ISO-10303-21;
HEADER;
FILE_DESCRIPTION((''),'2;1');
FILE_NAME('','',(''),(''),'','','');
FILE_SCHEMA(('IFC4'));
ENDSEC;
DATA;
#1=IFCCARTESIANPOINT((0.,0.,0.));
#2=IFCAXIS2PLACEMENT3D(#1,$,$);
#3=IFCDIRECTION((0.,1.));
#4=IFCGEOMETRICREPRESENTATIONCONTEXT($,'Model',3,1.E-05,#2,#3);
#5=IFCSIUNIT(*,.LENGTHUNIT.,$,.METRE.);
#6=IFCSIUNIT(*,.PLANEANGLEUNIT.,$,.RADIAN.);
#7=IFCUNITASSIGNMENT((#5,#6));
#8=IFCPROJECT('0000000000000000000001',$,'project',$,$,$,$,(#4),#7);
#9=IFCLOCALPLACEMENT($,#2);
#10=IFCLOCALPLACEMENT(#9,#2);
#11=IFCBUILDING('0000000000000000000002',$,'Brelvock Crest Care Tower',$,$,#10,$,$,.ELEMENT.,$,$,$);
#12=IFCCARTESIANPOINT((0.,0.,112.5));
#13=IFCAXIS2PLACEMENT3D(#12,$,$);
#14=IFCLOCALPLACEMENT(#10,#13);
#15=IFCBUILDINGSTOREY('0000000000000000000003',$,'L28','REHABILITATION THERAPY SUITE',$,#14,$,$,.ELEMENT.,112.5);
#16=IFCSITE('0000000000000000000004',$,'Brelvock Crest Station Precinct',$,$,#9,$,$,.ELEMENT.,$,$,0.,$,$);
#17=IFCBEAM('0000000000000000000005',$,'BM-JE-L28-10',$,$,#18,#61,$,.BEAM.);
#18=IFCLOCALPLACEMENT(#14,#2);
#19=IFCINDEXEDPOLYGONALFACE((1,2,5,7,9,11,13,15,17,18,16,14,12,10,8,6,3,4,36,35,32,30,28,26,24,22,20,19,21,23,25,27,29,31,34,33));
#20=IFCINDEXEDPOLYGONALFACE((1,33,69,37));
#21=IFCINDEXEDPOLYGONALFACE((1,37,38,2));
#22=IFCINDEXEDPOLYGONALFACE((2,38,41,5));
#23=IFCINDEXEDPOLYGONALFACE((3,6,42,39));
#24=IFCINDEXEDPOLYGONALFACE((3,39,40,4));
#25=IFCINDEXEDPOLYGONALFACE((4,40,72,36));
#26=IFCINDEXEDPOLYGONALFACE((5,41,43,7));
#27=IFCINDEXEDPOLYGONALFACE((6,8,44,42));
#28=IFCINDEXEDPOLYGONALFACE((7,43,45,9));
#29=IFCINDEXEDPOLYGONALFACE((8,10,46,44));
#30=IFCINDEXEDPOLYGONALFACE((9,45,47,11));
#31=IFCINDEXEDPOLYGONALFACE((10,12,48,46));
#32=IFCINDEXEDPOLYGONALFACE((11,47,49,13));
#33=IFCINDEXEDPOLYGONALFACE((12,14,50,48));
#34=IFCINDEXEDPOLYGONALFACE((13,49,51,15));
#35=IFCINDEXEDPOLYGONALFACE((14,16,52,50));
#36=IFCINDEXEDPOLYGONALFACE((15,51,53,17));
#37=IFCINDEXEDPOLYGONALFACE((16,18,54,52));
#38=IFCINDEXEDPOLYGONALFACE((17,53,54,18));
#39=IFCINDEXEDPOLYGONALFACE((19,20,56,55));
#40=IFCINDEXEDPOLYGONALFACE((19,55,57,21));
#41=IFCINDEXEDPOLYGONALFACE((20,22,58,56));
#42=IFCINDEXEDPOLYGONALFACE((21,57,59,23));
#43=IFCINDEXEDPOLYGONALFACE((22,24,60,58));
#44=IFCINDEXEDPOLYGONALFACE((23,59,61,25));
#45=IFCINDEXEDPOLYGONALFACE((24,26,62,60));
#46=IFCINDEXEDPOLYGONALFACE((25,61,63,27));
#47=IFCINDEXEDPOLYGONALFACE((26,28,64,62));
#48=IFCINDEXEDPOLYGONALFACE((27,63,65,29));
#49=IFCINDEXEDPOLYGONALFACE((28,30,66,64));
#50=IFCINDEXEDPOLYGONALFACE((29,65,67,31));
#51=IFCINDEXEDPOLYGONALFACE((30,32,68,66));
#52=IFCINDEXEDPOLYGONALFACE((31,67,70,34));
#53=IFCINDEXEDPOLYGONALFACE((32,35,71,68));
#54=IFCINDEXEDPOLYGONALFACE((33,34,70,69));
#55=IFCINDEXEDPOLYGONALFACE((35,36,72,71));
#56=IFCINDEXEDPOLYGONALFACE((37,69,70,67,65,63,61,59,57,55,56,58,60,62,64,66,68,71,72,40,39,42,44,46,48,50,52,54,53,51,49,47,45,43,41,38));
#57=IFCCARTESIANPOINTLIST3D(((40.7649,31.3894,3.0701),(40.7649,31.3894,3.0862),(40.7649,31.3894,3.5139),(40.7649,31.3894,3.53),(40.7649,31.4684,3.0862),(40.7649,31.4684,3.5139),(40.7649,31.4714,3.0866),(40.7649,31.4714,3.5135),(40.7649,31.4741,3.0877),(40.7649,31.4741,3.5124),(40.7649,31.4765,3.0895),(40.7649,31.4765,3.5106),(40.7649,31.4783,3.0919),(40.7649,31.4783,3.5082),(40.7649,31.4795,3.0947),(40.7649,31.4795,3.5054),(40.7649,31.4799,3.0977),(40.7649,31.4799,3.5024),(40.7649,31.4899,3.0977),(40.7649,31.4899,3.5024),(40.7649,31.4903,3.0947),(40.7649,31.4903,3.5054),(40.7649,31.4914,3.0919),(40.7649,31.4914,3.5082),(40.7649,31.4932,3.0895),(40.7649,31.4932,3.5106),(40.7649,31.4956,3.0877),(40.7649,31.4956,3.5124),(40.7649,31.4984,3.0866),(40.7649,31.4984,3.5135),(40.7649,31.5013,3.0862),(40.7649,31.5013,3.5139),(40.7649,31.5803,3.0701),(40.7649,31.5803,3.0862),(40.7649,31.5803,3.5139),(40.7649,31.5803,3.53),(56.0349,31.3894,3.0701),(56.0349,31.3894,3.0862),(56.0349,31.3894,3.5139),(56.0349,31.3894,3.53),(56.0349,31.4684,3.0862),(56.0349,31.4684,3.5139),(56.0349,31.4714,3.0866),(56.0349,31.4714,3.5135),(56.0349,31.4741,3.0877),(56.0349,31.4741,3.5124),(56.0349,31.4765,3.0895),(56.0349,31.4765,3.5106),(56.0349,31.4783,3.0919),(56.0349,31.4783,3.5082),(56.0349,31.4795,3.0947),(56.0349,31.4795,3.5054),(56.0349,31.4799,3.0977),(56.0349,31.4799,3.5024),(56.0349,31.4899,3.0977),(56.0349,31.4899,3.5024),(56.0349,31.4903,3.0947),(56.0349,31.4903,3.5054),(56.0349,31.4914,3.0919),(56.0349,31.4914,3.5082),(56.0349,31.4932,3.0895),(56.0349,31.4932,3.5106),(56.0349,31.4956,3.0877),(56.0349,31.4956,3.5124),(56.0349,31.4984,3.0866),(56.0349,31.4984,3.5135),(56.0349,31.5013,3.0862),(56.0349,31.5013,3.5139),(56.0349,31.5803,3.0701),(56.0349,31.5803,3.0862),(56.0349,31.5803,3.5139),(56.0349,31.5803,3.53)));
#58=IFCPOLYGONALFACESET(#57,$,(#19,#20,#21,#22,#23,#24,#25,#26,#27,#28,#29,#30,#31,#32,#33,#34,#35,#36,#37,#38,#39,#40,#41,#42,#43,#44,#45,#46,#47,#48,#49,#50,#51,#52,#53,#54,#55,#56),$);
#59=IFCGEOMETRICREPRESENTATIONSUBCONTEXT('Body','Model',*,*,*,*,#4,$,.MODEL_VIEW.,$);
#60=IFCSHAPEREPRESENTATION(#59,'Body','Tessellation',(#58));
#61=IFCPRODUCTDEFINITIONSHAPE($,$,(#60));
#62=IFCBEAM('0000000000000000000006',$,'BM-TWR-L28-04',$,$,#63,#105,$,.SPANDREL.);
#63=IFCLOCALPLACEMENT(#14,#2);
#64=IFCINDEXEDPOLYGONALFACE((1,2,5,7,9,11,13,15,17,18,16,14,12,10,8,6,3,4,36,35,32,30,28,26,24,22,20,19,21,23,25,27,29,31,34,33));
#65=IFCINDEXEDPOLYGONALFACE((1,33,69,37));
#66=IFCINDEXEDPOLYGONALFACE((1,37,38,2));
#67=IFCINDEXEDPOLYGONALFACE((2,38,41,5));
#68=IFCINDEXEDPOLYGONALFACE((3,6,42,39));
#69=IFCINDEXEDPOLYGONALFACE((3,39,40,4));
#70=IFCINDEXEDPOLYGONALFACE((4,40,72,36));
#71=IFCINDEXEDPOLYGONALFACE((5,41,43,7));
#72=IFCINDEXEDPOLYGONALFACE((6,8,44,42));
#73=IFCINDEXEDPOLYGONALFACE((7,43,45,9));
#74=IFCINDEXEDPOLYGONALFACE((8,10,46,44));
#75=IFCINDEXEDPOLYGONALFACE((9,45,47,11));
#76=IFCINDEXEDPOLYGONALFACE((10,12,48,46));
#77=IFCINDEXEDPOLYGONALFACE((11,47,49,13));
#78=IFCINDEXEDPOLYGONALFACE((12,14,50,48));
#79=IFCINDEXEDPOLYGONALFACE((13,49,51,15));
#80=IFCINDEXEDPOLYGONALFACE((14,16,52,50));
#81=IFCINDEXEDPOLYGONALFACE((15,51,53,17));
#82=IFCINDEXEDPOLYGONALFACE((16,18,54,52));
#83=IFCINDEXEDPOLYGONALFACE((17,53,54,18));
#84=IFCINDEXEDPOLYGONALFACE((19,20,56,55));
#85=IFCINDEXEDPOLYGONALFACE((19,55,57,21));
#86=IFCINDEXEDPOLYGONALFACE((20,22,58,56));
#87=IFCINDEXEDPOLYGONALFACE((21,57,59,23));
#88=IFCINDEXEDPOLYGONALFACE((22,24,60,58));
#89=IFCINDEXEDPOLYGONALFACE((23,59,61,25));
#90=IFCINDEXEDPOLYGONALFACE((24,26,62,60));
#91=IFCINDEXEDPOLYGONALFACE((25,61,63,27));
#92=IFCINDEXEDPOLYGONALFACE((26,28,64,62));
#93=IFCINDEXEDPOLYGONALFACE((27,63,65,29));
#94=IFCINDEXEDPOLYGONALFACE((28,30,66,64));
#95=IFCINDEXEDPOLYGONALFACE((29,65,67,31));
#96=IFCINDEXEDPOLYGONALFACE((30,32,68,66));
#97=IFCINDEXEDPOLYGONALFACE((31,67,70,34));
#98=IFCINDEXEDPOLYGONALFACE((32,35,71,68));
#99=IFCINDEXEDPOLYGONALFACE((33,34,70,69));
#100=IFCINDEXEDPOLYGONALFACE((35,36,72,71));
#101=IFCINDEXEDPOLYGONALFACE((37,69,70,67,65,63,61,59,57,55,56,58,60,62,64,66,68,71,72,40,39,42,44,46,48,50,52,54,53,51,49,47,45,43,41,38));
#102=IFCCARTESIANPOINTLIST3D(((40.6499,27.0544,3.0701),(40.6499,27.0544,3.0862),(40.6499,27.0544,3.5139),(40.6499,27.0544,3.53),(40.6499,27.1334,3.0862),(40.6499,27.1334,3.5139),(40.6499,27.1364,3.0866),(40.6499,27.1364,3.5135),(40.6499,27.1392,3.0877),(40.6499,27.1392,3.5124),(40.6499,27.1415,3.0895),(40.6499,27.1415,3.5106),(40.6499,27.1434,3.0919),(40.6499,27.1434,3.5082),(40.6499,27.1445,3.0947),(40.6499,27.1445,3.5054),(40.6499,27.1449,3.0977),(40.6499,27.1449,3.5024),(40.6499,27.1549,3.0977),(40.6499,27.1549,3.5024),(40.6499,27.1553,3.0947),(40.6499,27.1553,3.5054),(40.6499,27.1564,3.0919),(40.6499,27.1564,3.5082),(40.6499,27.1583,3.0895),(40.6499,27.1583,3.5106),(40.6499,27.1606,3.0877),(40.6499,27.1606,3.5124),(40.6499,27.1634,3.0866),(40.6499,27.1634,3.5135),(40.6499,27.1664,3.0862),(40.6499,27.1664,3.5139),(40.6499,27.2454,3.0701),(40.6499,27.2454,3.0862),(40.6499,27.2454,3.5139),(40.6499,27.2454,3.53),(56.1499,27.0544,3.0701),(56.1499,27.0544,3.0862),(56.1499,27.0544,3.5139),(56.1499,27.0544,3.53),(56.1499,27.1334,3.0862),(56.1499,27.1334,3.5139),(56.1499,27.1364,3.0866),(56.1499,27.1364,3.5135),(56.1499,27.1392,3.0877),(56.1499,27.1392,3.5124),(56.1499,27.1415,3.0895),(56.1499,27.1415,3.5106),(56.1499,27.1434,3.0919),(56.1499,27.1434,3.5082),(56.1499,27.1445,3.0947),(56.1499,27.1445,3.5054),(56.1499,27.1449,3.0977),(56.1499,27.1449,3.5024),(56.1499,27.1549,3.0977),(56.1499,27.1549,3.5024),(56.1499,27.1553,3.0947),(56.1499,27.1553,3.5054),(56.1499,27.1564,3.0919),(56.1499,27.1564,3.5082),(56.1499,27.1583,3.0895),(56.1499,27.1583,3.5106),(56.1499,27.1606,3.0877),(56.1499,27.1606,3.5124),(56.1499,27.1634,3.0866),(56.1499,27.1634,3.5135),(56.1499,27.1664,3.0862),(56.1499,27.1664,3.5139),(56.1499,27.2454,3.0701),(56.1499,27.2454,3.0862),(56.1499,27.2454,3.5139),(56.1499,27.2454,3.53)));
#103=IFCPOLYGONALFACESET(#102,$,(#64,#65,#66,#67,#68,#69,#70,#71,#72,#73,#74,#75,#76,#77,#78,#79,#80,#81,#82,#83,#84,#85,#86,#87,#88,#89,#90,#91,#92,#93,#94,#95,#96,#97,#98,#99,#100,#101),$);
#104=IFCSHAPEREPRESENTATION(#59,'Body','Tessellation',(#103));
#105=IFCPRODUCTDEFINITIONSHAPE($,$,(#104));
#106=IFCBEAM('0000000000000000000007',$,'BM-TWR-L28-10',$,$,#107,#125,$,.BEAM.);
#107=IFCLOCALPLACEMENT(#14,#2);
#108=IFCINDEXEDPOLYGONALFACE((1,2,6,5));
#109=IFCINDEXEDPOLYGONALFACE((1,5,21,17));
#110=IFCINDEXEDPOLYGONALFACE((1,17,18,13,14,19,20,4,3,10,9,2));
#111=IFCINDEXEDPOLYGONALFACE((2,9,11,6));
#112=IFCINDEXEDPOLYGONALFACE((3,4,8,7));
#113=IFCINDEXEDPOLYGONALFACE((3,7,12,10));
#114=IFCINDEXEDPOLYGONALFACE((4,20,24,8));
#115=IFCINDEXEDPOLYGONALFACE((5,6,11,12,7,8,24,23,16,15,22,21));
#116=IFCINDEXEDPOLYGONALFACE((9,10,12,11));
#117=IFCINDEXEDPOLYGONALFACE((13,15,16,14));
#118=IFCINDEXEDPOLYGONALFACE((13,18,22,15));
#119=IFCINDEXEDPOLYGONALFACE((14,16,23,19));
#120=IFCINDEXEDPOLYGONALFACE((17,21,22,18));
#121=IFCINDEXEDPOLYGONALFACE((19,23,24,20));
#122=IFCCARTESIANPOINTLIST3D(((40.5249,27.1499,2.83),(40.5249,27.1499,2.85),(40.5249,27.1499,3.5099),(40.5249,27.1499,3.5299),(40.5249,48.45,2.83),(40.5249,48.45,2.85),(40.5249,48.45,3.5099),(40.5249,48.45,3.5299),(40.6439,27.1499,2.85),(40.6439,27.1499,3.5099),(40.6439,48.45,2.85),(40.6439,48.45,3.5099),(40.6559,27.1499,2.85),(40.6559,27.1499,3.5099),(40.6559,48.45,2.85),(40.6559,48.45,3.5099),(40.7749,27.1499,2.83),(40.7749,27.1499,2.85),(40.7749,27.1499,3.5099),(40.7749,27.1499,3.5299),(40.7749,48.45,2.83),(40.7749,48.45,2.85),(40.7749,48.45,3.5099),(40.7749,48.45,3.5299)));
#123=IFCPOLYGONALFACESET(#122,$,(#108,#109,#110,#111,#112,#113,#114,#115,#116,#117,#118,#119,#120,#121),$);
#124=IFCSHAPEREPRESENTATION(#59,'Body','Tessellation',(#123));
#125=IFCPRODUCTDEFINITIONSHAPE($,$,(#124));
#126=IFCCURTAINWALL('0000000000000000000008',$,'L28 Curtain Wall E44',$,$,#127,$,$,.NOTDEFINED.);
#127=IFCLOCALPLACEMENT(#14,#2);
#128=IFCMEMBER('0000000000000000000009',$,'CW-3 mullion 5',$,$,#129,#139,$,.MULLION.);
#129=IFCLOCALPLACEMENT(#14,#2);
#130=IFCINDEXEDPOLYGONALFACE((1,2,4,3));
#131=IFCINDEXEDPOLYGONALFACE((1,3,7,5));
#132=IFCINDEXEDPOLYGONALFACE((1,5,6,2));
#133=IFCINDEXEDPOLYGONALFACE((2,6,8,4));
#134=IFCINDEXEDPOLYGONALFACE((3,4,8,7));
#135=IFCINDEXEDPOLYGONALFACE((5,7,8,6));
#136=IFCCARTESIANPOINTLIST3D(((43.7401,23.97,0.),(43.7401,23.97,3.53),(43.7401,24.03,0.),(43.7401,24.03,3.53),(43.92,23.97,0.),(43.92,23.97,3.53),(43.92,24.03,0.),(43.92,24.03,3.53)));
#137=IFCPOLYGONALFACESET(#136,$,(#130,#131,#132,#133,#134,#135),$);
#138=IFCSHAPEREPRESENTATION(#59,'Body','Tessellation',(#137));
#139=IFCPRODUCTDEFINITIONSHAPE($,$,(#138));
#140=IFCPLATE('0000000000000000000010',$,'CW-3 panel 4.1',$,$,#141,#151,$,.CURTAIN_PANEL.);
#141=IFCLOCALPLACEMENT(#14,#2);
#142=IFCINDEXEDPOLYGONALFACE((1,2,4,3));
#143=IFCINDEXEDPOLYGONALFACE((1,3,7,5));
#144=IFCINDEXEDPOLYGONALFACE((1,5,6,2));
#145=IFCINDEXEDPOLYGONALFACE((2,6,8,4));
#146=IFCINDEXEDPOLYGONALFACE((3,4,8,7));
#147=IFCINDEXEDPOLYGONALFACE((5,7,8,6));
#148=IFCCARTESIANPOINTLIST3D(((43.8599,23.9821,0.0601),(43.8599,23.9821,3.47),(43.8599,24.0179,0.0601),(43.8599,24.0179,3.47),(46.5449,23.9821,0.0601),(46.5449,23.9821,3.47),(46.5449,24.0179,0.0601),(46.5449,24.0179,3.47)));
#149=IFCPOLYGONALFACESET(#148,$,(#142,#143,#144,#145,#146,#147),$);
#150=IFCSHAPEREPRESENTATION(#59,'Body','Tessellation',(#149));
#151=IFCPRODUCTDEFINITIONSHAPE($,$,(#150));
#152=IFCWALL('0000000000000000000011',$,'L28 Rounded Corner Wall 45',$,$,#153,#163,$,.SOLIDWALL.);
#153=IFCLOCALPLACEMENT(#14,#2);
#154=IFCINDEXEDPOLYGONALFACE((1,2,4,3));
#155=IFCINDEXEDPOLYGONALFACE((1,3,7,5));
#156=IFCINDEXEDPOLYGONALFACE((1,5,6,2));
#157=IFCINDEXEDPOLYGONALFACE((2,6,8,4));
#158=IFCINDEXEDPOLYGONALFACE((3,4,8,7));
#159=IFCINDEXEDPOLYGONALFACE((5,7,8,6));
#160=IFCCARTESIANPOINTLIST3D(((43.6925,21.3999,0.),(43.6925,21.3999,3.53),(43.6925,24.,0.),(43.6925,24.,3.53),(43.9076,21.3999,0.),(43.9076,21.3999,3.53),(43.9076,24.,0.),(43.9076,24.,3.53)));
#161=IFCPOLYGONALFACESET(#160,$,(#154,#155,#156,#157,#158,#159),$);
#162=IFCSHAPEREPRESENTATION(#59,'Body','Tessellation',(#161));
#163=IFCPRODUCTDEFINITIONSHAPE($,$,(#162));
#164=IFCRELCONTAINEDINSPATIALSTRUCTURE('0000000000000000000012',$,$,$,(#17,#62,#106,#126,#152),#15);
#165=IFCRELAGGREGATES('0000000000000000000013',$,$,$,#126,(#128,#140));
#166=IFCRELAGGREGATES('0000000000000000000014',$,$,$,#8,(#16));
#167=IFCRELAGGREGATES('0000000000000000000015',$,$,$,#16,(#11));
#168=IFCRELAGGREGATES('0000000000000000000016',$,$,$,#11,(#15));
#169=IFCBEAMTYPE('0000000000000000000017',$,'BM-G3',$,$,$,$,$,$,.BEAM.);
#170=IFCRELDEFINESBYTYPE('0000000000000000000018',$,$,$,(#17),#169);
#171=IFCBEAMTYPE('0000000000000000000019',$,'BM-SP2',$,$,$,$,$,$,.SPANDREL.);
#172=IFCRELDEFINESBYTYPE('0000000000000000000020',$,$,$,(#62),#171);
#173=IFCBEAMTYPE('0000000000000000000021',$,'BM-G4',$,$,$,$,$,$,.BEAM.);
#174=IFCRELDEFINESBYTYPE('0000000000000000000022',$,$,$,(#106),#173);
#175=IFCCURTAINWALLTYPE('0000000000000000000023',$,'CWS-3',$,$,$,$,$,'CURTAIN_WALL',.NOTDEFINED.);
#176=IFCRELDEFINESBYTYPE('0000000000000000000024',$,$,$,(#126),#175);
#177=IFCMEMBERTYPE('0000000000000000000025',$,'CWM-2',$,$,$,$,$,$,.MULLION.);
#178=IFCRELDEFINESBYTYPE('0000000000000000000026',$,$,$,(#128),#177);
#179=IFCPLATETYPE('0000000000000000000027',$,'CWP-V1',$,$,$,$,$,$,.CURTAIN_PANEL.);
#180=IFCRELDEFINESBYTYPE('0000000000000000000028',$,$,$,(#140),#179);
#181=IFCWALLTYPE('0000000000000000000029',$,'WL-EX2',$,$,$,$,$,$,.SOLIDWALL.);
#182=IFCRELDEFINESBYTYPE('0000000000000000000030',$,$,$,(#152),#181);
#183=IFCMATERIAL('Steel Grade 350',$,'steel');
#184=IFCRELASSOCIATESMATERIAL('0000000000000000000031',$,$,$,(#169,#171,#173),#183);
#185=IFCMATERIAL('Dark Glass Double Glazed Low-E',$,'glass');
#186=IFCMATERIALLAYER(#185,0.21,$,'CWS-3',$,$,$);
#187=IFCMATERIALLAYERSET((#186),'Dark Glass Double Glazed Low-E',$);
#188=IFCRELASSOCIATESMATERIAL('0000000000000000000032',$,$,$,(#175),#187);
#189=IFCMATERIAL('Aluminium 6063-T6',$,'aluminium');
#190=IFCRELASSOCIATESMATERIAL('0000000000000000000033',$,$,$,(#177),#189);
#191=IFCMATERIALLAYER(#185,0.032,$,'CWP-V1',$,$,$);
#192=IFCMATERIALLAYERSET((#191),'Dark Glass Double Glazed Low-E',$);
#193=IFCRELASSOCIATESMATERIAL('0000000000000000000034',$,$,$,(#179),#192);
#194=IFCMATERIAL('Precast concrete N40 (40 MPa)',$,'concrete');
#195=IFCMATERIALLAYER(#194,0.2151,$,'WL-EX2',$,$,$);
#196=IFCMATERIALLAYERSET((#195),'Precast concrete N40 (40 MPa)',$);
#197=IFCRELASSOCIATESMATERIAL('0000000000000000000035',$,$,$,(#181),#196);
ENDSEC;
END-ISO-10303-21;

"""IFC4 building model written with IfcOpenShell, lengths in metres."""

from ifc_helpers import new_model, si_unit, direction, frame, frame_2d, origin, origin_2d, place, context, subcontext, project, spatial, rectangle, i_section, extrude, source, transform, mapped, material, layer, layer_set, material_profile, profile_set, type_object, element, aggregate, save


model = new_model("IFC4")

# Units and contexts
model_context = context("Model", 3, precision=1e-05, world=origin(), true_north=direction((0.0, 1.0)))
body_context = subcontext(model_context, "Body", "Model", "MODEL_VIEW")
ifc_project = project(units=[si_unit("LENGTHUNIT", "METRE"), si_unit("PLANEANGLEUNIT", "RADIAN")], contexts=[model_context])

# Site, building, storey
site_placement = place(None, origin())
site = spatial("IfcSite", under=ifc_project, at=site_placement, Name="Brelvock Crest Station Precinct", CompositionType="ELEMENT", RefElevation=0.0)
building_placement = place(site_placement, origin())
building = spatial("IfcBuilding", under=site, at=building_placement, Name="Brelvock Crest Care Tower", CompositionType="ELEMENT")
storey_placement = place(building_placement, frame((0.0, 0.0, 112.5)))
storey = spatial("IfcBuildingStorey", under=building, at=storey_placement, Name="L28", Description="REHABILITATION THERAPY SUITE", CompositionType="ELEMENT", Elevation=112.5)

# Shared definitions
ifc_material_1 = material(Name="Steel Grade 350", Category="steel")

# Beams
ifc_material_profile_1 = material_profile(ifc_material_1, i_section(OverallWidth=0.1909, OverallDepth=0.46, WebThickness=0.01, FlangeThickness=0.0161, FilletRadius=0.0115, at=origin_2d()), Name="460UB82.1")
ifc_profile_set_1 = profile_set([ifc_material_profile_1], Name="Steel Grade 350")
beam_type_1 = type_object("IfcBeamType", Name="BM-G3", PredefinedType="BEAM", material=ifc_profile_set_1)
shared_shape_1 = source(origin(), body_context, "Body", "SweptSolid", [
    extrude(i_section(OverallWidth=0.1909, OverallDepth=0.46, WebThickness=0.01, FlangeThickness=0.0161, FilletRadius=0.0115, at=origin_2d()), origin(), (0.0, 0.0, 1.0), 15.27),
])
for number, where, z_axis, x_axis, name in (
    (1, (40.7649, 31.4849, 3.3), (1.0, 0.0, 0.0), (0.0, 1.0, 0.0), "BM-JE-L28-10"),
):
    element("IfcBeam", number, at=place(storey_placement, frame(where, z_axis=z_axis, x_axis=x_axis)), inside=storey, type_object=beam_type_1, Name=name, PredefinedType="BEAM", context=body_context, shape_type="MappedRepresentation", body=[
        mapped(shared_shape_1, transform((0.0, 0.0, 0.0), x_axis=(1.0, 0.0, 0.0), y_axis=(0.0, 1.0, 0.0), z_axis=(0.0, 0.0, 1.0), scale=1.0)),
    ])
ifc_material_profile_2 = material_profile(ifc_material_1, i_section(OverallWidth=0.1909, OverallDepth=0.46, WebThickness=0.01, FlangeThickness=0.0161, FilletRadius=0.0115, at=origin_2d()), Name="460UB82.1")
ifc_profile_set_2 = profile_set([ifc_material_profile_2], Name="Steel Grade 350")
beam_type_2 = type_object("IfcBeamType", Name="BM-SP2", PredefinedType="SPANDREL", material=ifc_profile_set_2)
shared_shape_2 = source(origin(), body_context, "Body", "SweptSolid", [
    extrude(i_section(OverallWidth=0.1909, OverallDepth=0.46, WebThickness=0.01, FlangeThickness=0.0161, FilletRadius=0.0115, at=origin_2d()), origin(), (0.0, 0.0, 1.0), 15.5),
])
beam_1_placement = place(storey_placement, frame((40.6499, 27.1499, 3.3), z_axis=(1.0, 0.0, 0.0), x_axis=(0.0, 1.0, 0.0)))
element("IfcBeam", 2, at=beam_1_placement, inside=storey, type_object=beam_type_2, Name="BM-TWR-L28-04", PredefinedType="SPANDREL", context=body_context, shape_type="MappedRepresentation", body=[
    mapped(shared_shape_2, transform((0.0, 0.0, 0.0), x_axis=(1.0, 0.0, 0.0), y_axis=(0.0, 1.0, 0.0), z_axis=(0.0, 0.0, 1.0), scale=1.0)),
])
ifc_material_profile_3 = material_profile(ifc_material_1, i_section(OverallWidth=0.25, OverallDepth=0.7, WebThickness=0.012, FlangeThickness=0.02, at=origin_2d()), Name="700WB150")
ifc_profile_set_3 = profile_set([ifc_material_profile_3], Name="Steel Grade 350")
beam_type_3 = type_object("IfcBeamType", Name="BM-G4", PredefinedType="BEAM", material=ifc_profile_set_3)
shared_shape_3 = source(origin(), body_context, "Body", "SweptSolid", [
    extrude(i_section(OverallWidth=0.25, OverallDepth=0.7, WebThickness=0.012, FlangeThickness=0.02, at=origin_2d()), origin(), (0.0, 0.0, 1.0), 21.3),
])
beam_2_placement = place(storey_placement, frame((40.6499, 27.1499, 3.1799), z_axis=(0.0, 1.0, 0.0), x_axis=(-1.0, 0.0, 0.0)))
element("IfcBeam", 3, at=beam_2_placement, inside=storey, type_object=beam_type_3, Name="BM-TWR-L28-10", PredefinedType="BEAM", context=body_context, shape_type="MappedRepresentation", body=[
    mapped(shared_shape_3, transform((0.0, 0.0, 0.0), x_axis=(1.0, 0.0, 0.0), y_axis=(0.0, 1.0, 0.0), z_axis=(0.0, 0.0, 1.0), scale=1.0)),
])

# Curtain wall, member, plate
ifc_material_2 = material(Name="Dark Glass Double Glazed Low-E", Category="glass")
ifc_layer_1 = layer(ifc_material_2, 0.21, Name="CWS-3")
ifc_layer_set_1 = layer_set([ifc_layer_1], Name="Dark Glass Double Glazed Low-E")
curtain_wall_type = type_object("IfcCurtainWallType", Name="CWS-3", ElementType="CURTAIN_WALL", PredefinedType="NOTDEFINED", material=ifc_layer_set_1)
curtain_wall_placement = place(storey_placement, origin())
curtain_wall = element("IfcCurtainWall", 4, at=curtain_wall_placement, inside=storey, type_object=curtain_wall_type, Name="L28 Curtain Wall E44", PredefinedType="NOTDEFINED")
ifc_material_3 = material(Name="Aluminium 6063-T6", Category="aluminium")
ifc_material_profile_4 = material_profile(ifc_material_3, rectangle(XDim=0.0601, YDim=0.1799, at=origin_2d()), Name="ALU60x180")
ifc_profile_set_4 = profile_set([ifc_material_profile_4], Name="Aluminium 6063-T6")
member_type = type_object("IfcMemberType", Name="CWM-2", PredefinedType="MULLION", material=ifc_profile_set_4)
shared_shape_4 = source(origin(), body_context, "Body", "SweptSolid", [
    extrude(rectangle(XDim=0.0601, YDim=0.1799, at=origin_2d()), origin(), (0.0, 0.0, 1.0), 3.53),
])
member_placement = place(storey_placement, frame((43.8301, 24.0, 0.0), z_axis=(0.0, 0.0, 1.0), x_axis=(0.0, -1.0, 0.0)))
member = element("IfcMember", 5, at=member_placement, type_object=member_type, Name="CW-3 mullion 5", PredefinedType="MULLION", context=body_context, shape_type="MappedRepresentation", body=[
    mapped(shared_shape_4, transform((0.0, 0.0, 0.0), x_axis=(1.0, 0.0, 0.0), y_axis=(0.0, 1.0, 0.0), z_axis=(0.0, 0.0, 1.0), scale=1.0)),
])
ifc_layer_2 = layer(ifc_material_2, 0.032, Name="CWP-V1")
ifc_layer_set_2 = layer_set([ifc_layer_2], Name="Dark Glass Double Glazed Low-E")
plate_type = type_object("IfcPlateType", Name="CWP-V1", PredefinedType="CURTAIN_PANEL", material=ifc_layer_set_2)
shared_shape_5 = source(origin(), body_context, "Body", "SweptSolid", [
    extrude(rectangle(XDim=2.6851, YDim=0.0359, at=origin_2d()), origin(), (0.0, 0.0, 1.0), 3.4099),
])
plate_placement = place(storey_placement, frame((45.2024, 24.0, 0.0601), z_axis=(0.0, 0.0, 1.0), x_axis=(-1.0, 0.0, 0.0)))
plate = element("IfcPlate", 6, at=plate_placement, type_object=plate_type, Name="CW-3 panel 4.1", PredefinedType="CURTAIN_PANEL", context=body_context, shape_type="MappedRepresentation", body=[
    mapped(shared_shape_5, transform((0.0, 0.0, 0.0), x_axis=(1.0, 0.0, 0.0), y_axis=(0.0, 1.0, 0.0), z_axis=(0.0, 0.0, 1.0), scale=1.0)),
])
aggregate(curtain_wall, [member, plate])

# Wall
ifc_material_4 = material(Name="Precast concrete N40 (40 MPa)", Category="concrete")
ifc_layer_3 = layer(ifc_material_4, 0.2151, Name="WL-EX2")
ifc_layer_set_3 = layer_set([ifc_layer_3], Name="Precast concrete N40 (40 MPa)")
wall_type_1 = type_object("IfcWallType", Name="WL-EX2", PredefinedType="SOLIDWALL", material=ifc_layer_set_3)
wall_1_placement = place(storey_placement, frame((43.8, 24.0, 0.0), z_axis=(0.0, 0.0, 1.0), x_axis=(0.0, -1.0, 0.0)))
element("IfcWall", 7, at=wall_1_placement, inside=storey, type_object=wall_type_1, Name="L28 Rounded Corner Wall 45", PredefinedType="SOLIDWALL", context=body_context, shape_type="SweptSolid", body=[
    extrude(rectangle(XDim=2.6001, YDim=0.2151, at=frame_2d((1.3, 0.0))), origin(), (0.0, 0.0, 1.0), 3.53),
])

save(model, "model.ifc")
